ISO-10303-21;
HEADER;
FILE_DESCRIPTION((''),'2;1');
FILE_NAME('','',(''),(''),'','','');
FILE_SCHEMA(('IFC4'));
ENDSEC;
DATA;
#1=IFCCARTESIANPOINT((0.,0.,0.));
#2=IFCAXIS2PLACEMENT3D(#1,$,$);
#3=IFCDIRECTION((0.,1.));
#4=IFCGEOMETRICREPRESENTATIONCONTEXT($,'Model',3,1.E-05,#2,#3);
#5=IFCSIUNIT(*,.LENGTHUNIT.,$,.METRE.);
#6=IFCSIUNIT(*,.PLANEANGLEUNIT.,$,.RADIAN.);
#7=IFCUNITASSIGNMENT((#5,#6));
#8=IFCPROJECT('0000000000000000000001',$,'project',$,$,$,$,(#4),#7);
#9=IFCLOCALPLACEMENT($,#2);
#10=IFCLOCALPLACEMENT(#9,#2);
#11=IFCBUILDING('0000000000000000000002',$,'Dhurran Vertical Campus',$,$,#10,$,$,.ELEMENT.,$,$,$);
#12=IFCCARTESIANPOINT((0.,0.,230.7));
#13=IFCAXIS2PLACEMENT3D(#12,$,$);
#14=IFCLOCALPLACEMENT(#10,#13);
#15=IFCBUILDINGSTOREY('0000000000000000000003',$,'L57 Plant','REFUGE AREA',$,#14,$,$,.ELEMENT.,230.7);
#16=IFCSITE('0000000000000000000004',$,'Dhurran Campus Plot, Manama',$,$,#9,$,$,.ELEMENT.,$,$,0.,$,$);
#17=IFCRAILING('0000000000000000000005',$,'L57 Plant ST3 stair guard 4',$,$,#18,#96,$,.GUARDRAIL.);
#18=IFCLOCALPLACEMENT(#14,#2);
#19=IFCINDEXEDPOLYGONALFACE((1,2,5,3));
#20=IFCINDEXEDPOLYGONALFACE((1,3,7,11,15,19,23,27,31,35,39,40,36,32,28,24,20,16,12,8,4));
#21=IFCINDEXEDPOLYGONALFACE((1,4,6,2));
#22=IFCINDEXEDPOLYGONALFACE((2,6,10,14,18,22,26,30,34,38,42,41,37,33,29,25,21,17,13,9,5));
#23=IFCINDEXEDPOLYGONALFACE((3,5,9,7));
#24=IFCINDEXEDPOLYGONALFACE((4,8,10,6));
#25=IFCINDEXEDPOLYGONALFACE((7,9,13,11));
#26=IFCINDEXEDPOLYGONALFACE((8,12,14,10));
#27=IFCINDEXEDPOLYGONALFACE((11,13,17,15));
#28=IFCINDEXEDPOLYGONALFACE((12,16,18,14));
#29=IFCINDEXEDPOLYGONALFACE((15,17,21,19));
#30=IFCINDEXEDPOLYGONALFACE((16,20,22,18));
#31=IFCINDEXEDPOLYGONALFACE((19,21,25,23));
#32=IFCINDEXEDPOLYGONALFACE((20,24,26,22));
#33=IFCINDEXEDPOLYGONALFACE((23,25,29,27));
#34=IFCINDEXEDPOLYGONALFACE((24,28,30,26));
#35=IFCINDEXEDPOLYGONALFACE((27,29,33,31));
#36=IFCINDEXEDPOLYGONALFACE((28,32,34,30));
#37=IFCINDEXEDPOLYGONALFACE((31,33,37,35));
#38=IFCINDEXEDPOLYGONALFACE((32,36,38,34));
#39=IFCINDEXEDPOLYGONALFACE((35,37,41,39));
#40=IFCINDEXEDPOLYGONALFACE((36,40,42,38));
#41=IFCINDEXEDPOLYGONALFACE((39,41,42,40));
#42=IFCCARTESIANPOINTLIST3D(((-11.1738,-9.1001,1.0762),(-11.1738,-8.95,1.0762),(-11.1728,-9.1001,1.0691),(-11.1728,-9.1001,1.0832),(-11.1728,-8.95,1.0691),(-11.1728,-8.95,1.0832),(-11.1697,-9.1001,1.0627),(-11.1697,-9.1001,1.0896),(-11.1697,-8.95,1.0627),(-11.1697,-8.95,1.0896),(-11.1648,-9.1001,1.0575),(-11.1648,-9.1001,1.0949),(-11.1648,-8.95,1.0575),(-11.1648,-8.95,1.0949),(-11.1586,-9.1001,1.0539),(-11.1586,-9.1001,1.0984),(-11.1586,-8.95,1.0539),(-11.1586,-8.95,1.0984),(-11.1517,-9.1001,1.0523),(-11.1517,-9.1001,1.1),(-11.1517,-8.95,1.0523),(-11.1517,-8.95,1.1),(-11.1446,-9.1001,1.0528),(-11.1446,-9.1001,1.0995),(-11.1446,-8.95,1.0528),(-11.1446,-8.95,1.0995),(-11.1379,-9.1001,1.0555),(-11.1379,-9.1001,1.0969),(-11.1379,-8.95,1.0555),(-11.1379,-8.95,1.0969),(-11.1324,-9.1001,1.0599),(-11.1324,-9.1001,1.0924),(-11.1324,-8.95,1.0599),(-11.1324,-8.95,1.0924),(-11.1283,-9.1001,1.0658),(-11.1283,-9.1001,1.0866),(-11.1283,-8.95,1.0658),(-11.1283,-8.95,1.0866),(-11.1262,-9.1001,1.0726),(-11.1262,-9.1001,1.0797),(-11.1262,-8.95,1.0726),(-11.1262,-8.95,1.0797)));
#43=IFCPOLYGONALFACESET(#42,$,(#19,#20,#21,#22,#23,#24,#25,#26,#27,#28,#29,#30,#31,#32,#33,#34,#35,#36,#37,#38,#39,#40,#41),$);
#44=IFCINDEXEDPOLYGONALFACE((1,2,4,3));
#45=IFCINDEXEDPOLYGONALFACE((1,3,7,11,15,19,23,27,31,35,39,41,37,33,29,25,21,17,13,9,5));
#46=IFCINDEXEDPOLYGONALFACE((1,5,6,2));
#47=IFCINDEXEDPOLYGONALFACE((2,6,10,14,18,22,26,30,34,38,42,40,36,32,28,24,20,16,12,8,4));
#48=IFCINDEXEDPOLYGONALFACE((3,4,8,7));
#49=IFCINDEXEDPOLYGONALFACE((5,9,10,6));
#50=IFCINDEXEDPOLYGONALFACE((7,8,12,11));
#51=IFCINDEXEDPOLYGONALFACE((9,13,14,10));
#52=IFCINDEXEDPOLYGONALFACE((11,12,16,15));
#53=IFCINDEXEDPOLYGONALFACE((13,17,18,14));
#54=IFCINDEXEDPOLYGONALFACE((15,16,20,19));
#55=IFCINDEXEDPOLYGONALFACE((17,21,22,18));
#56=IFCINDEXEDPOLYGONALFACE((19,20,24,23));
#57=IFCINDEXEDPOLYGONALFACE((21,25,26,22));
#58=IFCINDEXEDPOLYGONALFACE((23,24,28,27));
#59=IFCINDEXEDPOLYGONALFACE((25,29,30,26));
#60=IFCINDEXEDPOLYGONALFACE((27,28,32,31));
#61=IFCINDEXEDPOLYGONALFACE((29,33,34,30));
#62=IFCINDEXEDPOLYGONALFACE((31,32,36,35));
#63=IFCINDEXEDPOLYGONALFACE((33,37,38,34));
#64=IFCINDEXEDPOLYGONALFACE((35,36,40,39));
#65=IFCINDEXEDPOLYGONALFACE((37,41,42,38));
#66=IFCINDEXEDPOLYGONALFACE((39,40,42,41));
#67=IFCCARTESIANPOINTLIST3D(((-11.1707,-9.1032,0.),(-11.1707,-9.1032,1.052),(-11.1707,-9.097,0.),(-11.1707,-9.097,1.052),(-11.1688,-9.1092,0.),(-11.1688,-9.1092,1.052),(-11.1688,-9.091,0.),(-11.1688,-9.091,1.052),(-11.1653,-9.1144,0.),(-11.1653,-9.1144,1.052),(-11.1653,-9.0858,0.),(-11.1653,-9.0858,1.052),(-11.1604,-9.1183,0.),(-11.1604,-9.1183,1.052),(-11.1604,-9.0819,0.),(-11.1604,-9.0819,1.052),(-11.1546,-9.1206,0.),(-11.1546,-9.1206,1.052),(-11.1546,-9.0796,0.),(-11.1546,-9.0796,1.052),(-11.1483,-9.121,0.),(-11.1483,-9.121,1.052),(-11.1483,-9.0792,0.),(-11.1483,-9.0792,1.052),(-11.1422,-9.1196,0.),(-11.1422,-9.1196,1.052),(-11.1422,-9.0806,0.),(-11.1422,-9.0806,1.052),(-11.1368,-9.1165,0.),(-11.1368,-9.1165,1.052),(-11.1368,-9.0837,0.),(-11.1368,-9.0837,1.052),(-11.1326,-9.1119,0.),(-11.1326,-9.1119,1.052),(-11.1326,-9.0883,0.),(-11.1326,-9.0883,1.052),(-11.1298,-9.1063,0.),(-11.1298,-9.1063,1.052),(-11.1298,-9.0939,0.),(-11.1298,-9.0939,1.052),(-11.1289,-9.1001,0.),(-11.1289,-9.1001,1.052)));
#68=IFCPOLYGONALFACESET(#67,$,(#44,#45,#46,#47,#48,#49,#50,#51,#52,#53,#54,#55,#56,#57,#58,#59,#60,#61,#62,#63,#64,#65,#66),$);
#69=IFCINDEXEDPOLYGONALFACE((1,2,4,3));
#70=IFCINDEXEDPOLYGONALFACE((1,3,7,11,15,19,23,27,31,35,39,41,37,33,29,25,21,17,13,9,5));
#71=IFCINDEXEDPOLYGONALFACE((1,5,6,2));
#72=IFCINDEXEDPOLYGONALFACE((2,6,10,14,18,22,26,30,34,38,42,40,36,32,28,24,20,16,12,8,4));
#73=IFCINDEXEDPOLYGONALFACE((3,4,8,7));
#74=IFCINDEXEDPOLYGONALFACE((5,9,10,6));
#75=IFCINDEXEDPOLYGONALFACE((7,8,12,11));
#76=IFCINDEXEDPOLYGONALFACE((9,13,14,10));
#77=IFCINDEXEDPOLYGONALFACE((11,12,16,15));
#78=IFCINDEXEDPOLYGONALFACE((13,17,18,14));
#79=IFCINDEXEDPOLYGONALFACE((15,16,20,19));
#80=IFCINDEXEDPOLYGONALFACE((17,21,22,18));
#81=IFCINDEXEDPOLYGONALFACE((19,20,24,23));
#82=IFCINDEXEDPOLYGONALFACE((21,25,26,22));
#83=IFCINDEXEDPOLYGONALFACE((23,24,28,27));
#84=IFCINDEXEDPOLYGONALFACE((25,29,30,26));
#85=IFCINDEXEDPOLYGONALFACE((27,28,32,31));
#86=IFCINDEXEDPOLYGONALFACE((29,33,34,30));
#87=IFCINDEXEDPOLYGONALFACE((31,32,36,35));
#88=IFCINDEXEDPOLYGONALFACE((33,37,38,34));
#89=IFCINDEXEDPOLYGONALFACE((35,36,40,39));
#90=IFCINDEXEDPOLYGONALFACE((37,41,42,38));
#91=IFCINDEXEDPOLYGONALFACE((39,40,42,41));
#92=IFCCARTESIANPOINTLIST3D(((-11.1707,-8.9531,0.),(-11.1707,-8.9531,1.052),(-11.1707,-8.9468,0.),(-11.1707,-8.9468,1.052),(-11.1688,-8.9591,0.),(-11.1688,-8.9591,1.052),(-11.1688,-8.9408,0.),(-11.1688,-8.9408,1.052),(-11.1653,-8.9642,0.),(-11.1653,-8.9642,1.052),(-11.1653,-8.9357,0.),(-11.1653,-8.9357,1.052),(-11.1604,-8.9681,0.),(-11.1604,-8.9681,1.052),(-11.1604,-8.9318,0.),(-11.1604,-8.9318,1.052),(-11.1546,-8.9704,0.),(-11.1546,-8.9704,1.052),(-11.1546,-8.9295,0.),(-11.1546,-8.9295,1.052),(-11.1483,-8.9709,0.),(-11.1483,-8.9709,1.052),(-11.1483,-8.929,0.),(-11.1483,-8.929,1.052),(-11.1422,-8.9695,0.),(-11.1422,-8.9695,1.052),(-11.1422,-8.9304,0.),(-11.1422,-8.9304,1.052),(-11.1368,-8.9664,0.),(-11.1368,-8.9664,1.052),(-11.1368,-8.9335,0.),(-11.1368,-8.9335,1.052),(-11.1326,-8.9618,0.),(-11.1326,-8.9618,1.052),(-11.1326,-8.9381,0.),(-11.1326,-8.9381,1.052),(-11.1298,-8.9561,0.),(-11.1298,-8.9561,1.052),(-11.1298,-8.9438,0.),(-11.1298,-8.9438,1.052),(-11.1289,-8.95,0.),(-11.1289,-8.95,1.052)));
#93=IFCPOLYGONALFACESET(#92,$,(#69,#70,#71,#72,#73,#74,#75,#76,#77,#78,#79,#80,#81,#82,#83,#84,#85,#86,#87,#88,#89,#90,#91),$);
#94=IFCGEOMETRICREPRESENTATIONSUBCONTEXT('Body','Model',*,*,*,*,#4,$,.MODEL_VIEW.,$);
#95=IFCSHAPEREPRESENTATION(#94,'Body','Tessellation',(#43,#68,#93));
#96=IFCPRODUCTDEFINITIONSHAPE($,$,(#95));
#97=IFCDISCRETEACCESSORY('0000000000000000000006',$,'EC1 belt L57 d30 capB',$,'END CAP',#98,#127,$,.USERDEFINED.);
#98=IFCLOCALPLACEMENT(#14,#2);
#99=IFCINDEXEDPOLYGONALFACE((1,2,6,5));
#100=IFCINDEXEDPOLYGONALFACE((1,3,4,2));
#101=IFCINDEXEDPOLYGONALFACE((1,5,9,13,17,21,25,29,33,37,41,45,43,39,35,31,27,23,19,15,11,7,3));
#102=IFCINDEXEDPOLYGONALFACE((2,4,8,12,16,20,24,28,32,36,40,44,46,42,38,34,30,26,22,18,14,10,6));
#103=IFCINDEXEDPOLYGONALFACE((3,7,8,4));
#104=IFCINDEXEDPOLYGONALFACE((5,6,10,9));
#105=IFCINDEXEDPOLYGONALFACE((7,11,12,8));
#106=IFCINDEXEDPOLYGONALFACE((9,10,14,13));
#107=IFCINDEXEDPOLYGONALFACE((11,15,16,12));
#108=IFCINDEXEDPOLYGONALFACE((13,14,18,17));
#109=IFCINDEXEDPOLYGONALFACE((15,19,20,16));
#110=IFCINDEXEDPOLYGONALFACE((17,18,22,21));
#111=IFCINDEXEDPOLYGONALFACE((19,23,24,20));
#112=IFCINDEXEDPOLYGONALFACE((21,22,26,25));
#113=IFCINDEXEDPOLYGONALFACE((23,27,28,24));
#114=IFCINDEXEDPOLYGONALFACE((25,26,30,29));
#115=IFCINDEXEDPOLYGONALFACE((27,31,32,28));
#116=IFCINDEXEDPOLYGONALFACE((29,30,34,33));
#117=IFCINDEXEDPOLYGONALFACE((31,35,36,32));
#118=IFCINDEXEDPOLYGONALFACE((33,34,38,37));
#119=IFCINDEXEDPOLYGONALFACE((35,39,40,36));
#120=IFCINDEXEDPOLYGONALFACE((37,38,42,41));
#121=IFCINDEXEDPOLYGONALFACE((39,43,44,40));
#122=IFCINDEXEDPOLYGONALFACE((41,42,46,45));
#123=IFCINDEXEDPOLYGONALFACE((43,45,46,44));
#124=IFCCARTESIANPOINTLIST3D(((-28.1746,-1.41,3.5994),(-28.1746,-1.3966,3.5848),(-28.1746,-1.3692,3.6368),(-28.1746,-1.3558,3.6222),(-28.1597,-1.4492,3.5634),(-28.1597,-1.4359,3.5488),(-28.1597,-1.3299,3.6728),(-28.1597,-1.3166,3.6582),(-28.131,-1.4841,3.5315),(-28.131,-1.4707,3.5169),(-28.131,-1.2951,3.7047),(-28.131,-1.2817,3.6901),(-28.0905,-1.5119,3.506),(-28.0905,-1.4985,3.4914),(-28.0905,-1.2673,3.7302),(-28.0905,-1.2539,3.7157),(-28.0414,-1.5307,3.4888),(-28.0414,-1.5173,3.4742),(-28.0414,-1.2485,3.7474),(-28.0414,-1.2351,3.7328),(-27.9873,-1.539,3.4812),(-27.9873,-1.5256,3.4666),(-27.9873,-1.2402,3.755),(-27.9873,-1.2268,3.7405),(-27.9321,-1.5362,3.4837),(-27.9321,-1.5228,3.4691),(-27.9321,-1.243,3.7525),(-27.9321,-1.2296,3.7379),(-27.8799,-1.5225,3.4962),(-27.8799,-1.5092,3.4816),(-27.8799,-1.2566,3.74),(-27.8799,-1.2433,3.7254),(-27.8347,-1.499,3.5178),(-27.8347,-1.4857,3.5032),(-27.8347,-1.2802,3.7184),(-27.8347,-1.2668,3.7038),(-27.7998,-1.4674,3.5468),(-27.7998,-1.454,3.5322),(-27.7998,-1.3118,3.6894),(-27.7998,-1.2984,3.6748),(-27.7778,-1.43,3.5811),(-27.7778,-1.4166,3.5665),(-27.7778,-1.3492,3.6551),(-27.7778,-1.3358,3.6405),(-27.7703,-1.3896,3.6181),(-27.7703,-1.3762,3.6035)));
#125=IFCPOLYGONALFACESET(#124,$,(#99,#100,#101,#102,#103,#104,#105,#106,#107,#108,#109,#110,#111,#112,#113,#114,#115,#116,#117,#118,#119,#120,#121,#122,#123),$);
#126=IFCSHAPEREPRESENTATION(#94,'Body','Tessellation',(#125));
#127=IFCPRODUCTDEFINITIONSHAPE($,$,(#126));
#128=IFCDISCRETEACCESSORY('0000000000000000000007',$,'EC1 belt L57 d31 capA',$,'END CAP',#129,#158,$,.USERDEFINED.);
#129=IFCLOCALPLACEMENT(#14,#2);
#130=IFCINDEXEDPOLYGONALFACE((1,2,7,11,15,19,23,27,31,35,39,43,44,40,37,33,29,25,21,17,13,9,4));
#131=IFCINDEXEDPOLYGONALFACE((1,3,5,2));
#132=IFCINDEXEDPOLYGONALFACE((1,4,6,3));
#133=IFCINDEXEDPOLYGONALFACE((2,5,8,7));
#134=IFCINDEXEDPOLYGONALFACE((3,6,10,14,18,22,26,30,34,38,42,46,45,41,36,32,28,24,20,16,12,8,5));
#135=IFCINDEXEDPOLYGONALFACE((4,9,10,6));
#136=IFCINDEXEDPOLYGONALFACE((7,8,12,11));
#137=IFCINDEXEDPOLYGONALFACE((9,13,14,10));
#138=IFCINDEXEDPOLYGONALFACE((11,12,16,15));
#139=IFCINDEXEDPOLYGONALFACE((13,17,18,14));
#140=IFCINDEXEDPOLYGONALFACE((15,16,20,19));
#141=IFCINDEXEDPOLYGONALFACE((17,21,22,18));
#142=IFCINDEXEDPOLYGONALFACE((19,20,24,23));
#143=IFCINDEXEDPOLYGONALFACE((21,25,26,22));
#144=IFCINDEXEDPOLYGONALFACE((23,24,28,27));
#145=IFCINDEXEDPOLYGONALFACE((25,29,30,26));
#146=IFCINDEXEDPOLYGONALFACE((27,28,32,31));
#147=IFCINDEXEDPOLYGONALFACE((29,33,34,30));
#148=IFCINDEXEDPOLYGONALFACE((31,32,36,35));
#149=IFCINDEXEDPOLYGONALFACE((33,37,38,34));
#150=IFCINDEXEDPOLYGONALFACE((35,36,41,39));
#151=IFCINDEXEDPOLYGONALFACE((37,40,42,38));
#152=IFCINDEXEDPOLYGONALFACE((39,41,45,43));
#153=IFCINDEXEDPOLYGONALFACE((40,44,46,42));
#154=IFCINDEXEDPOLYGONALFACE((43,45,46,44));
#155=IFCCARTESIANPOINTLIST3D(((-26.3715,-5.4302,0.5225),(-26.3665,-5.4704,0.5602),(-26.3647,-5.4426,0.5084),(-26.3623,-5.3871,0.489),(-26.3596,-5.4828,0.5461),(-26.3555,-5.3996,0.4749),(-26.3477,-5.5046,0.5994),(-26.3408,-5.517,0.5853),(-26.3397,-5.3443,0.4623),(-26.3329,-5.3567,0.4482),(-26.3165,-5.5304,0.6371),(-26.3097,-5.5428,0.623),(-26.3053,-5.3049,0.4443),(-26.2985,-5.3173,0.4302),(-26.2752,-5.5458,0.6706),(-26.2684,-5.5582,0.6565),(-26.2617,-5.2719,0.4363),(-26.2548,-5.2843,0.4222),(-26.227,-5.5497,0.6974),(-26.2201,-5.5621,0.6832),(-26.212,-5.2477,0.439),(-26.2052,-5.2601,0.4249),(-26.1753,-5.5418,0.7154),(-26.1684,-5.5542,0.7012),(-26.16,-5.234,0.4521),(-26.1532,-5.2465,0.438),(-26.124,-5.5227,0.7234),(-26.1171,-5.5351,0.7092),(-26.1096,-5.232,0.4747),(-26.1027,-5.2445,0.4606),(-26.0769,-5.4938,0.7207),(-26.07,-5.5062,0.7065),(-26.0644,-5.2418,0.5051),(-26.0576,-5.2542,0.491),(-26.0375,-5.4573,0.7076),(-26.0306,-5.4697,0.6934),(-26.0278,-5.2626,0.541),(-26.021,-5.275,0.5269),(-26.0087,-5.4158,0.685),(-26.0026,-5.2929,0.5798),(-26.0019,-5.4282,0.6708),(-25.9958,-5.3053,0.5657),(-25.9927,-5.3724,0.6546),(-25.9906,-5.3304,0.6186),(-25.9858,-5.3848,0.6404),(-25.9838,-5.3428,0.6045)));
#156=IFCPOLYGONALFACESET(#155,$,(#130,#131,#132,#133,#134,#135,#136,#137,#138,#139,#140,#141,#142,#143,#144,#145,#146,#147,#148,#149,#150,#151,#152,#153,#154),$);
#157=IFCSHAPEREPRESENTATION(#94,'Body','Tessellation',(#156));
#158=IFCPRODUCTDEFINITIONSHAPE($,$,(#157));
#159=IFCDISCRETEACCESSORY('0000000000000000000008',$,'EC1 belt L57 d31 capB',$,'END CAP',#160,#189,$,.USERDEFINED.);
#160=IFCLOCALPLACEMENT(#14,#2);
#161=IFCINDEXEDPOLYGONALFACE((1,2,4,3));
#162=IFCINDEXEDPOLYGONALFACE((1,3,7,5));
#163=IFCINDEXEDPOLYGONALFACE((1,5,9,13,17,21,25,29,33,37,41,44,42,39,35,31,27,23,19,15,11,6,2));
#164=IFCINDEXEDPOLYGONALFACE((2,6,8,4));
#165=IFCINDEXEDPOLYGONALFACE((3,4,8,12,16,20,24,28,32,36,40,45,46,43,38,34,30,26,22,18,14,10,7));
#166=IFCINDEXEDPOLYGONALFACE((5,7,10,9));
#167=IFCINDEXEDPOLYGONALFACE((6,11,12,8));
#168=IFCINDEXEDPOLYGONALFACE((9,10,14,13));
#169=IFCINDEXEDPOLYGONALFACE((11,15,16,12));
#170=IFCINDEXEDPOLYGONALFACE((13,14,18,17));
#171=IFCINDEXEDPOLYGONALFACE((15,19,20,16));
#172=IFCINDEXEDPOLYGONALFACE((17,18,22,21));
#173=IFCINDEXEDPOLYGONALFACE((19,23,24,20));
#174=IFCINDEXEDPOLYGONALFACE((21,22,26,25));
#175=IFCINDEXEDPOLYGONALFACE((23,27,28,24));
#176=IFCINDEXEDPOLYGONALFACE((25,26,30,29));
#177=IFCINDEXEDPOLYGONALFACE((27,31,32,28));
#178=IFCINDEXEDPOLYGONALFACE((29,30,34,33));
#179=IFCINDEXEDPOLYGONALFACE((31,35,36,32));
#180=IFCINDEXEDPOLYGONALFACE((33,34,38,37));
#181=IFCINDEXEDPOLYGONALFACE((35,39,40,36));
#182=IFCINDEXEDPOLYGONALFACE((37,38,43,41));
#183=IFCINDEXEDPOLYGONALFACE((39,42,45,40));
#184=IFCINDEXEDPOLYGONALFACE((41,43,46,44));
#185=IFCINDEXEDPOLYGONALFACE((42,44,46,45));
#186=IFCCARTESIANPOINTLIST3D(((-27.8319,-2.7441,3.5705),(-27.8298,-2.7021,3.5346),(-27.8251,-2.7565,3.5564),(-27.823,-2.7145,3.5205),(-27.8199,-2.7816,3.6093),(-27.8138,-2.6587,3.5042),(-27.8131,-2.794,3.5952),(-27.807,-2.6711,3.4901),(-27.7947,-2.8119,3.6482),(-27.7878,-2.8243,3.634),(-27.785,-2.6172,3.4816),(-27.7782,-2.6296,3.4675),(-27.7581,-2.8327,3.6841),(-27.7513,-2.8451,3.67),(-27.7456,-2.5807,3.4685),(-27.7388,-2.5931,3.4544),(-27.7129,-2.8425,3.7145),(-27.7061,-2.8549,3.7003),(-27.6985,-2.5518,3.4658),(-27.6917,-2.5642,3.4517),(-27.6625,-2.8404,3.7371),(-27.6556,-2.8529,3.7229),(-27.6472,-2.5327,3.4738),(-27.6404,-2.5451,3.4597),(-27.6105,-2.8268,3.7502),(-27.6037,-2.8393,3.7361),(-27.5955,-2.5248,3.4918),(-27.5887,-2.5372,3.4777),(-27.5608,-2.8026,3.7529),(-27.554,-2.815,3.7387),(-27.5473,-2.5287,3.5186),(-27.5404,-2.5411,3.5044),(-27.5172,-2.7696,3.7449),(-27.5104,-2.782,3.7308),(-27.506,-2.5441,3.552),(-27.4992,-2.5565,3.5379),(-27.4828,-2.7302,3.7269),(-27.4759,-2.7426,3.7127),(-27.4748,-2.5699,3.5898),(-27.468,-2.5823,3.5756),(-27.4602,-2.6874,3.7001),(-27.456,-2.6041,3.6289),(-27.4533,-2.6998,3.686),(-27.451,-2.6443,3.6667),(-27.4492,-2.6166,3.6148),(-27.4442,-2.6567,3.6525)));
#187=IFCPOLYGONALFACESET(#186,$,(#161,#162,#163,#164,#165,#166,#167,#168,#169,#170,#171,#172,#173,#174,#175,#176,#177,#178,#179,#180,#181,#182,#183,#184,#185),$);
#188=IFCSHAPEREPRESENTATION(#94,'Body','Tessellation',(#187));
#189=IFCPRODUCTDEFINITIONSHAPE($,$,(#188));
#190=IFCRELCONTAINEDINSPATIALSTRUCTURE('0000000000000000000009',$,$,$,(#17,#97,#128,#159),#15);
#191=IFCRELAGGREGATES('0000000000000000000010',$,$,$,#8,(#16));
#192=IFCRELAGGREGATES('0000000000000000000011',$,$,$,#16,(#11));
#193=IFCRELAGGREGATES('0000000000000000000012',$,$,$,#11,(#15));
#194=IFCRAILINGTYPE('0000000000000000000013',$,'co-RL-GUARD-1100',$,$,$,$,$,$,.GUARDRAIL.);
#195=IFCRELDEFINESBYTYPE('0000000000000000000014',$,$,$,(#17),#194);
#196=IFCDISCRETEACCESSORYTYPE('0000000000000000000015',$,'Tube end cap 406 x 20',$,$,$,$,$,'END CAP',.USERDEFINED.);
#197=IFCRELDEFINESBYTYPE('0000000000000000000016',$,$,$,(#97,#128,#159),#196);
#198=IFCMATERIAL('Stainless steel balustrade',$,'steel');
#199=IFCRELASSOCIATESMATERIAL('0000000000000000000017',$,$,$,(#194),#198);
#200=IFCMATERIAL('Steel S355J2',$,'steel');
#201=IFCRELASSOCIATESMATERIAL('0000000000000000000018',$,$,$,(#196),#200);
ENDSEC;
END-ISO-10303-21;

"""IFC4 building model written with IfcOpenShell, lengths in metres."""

from ifc_helpers import new_model, si_unit, direction, frame, origin, origin_2d, place, context, subcontext, project, spatial, circle, extrude, material, material_profile, profile_set, type_object, element, save


model = new_model("IFC4")

# Units and contexts
model_context = context("Model", 3, precision=1e-05, world=origin(), true_north=direction((0.0, 1.0)))
body_context = subcontext(model_context, "Body", "Model", "MODEL_VIEW")
ifc_project = project(units=[si_unit("LENGTHUNIT", "METRE"), si_unit("PLANEANGLEUNIT", "RADIAN")], contexts=[model_context])

# Site, building, storey
site_placement = place(None, origin())
site = spatial("IfcSite", under=ifc_project, at=site_placement, Name="Dhurran Campus Plot, Manama", CompositionType="ELEMENT", RefElevation=0.0)
building_placement = place(site_placement, origin())
building = spatial("IfcBuilding", under=site, at=building_placement, Name="Dhurran Vertical Campus", CompositionType="ELEMENT")
storey_placement = place(building_placement, frame((0.0, 0.0, 230.7)))
storey = spatial("IfcBuildingStorey", under=building, at=storey_placement, Name="L57 Plant", Description="REFUGE AREA", CompositionType="ELEMENT", Elevation=230.7)

# Railing
ifc_material_1 = material(Name="Stainless steel balustrade", Category="steel")
railing_type = type_object("IfcRailingType", Name="co-RL-GUARD-1100", PredefinedType="GUARDRAIL", material=ifc_material_1)
railing_1_placement = place(storey_placement, frame((-11.1499, -9.1001, 0.0)))
element("IfcRailing", 1, at=railing_1_placement, inside=storey, type_object=railing_type, Name="L57 Plant ST3 stair guard 4", PredefinedType="GUARDRAIL", context=body_context, shape_type="SweptSolid", body=[
    extrude(circle(Radius=0.0239, at=origin_2d()), frame((0.0, 0.0, 1.0762), z_axis=(0.0, 1.0, 0.0), x_axis=(-1.0, 0.0, 0.0)), (0.0, 0.0, 1.0), 0.1501),
    extrude(circle(Radius=0.021, at=origin_2d()), origin(), (0.0, 0.0, 1.0), 1.052),
    extrude(circle(Radius=0.021, at=origin_2d()), frame((0.0, 0.1501, 0.0)), (0.0, 0.0, 1.0), 1.052),
])

# Discrete accessories
ifc_material_2 = material(Name="Steel S355J2", Category="steel")
ifc_material_profile_1 = material_profile(ifc_material_2, circle(Radius=0.2031, at=origin_2d()), Name="Tube end cap 406 x 20")
ifc_profile_set_1 = profile_set([ifc_material_profile_1], Name="Steel S355J2")
discrete_accessory_type = type_object("IfcDiscreteAccessoryType", Name="Tube end cap 406 x 20", ElementType="END CAP", PredefinedType="USERDEFINED", material=ifc_profile_set_1)
discrete_accessory_placement = place(storey_placement, frame((-27.9734, -1.3762, 3.6035), z_axis=(0.0, -0.675725, 0.737154), x_axis=(1.0, 0.0, 0.0)))
element("IfcDiscreteAccessory", 2, at=discrete_accessory_placement, inside=storey, type_object=discrete_accessory_type, Name="EC1 belt L57 d30 capB", ObjectType="END CAP", PredefinedType="USERDEFINED", context=body_context, shape_type="SweptSolid", body=[
    extrude(circle(Radius=0.2031, at=origin_2d()), origin(), (0.0, 0.0, 1.0), 0.0198),
])
for number, where, z_axis, x_axis, name in (
    (3, (-26.1807, -5.3906, 0.5798), (0.34083, -0.620798, -0.706006), (0.876579, 0.481259, 0.0), "EC1 belt L57 d31 capA"),
    (4, (-27.635, -2.6963, 3.5952), (-0.34083, 0.620798, 0.706006), (-0.876579, -0.481259, 0.0), "EC1 belt L57 d31 capB"),
):
    element("IfcDiscreteAccessory", number, at=place(storey_placement, frame(where, z_axis=z_axis, x_axis=x_axis)), inside=storey, type_object=discrete_accessory_type, Name=name, ObjectType="END CAP", PredefinedType="USERDEFINED", context=body_context, shape_type="SweptSolid", body=[
        extrude(circle(Radius=0.2031, at=origin_2d()), origin(), (0.0, 0.0, 1.0), 0.02),
    ])

save(model, "model.ifc")
